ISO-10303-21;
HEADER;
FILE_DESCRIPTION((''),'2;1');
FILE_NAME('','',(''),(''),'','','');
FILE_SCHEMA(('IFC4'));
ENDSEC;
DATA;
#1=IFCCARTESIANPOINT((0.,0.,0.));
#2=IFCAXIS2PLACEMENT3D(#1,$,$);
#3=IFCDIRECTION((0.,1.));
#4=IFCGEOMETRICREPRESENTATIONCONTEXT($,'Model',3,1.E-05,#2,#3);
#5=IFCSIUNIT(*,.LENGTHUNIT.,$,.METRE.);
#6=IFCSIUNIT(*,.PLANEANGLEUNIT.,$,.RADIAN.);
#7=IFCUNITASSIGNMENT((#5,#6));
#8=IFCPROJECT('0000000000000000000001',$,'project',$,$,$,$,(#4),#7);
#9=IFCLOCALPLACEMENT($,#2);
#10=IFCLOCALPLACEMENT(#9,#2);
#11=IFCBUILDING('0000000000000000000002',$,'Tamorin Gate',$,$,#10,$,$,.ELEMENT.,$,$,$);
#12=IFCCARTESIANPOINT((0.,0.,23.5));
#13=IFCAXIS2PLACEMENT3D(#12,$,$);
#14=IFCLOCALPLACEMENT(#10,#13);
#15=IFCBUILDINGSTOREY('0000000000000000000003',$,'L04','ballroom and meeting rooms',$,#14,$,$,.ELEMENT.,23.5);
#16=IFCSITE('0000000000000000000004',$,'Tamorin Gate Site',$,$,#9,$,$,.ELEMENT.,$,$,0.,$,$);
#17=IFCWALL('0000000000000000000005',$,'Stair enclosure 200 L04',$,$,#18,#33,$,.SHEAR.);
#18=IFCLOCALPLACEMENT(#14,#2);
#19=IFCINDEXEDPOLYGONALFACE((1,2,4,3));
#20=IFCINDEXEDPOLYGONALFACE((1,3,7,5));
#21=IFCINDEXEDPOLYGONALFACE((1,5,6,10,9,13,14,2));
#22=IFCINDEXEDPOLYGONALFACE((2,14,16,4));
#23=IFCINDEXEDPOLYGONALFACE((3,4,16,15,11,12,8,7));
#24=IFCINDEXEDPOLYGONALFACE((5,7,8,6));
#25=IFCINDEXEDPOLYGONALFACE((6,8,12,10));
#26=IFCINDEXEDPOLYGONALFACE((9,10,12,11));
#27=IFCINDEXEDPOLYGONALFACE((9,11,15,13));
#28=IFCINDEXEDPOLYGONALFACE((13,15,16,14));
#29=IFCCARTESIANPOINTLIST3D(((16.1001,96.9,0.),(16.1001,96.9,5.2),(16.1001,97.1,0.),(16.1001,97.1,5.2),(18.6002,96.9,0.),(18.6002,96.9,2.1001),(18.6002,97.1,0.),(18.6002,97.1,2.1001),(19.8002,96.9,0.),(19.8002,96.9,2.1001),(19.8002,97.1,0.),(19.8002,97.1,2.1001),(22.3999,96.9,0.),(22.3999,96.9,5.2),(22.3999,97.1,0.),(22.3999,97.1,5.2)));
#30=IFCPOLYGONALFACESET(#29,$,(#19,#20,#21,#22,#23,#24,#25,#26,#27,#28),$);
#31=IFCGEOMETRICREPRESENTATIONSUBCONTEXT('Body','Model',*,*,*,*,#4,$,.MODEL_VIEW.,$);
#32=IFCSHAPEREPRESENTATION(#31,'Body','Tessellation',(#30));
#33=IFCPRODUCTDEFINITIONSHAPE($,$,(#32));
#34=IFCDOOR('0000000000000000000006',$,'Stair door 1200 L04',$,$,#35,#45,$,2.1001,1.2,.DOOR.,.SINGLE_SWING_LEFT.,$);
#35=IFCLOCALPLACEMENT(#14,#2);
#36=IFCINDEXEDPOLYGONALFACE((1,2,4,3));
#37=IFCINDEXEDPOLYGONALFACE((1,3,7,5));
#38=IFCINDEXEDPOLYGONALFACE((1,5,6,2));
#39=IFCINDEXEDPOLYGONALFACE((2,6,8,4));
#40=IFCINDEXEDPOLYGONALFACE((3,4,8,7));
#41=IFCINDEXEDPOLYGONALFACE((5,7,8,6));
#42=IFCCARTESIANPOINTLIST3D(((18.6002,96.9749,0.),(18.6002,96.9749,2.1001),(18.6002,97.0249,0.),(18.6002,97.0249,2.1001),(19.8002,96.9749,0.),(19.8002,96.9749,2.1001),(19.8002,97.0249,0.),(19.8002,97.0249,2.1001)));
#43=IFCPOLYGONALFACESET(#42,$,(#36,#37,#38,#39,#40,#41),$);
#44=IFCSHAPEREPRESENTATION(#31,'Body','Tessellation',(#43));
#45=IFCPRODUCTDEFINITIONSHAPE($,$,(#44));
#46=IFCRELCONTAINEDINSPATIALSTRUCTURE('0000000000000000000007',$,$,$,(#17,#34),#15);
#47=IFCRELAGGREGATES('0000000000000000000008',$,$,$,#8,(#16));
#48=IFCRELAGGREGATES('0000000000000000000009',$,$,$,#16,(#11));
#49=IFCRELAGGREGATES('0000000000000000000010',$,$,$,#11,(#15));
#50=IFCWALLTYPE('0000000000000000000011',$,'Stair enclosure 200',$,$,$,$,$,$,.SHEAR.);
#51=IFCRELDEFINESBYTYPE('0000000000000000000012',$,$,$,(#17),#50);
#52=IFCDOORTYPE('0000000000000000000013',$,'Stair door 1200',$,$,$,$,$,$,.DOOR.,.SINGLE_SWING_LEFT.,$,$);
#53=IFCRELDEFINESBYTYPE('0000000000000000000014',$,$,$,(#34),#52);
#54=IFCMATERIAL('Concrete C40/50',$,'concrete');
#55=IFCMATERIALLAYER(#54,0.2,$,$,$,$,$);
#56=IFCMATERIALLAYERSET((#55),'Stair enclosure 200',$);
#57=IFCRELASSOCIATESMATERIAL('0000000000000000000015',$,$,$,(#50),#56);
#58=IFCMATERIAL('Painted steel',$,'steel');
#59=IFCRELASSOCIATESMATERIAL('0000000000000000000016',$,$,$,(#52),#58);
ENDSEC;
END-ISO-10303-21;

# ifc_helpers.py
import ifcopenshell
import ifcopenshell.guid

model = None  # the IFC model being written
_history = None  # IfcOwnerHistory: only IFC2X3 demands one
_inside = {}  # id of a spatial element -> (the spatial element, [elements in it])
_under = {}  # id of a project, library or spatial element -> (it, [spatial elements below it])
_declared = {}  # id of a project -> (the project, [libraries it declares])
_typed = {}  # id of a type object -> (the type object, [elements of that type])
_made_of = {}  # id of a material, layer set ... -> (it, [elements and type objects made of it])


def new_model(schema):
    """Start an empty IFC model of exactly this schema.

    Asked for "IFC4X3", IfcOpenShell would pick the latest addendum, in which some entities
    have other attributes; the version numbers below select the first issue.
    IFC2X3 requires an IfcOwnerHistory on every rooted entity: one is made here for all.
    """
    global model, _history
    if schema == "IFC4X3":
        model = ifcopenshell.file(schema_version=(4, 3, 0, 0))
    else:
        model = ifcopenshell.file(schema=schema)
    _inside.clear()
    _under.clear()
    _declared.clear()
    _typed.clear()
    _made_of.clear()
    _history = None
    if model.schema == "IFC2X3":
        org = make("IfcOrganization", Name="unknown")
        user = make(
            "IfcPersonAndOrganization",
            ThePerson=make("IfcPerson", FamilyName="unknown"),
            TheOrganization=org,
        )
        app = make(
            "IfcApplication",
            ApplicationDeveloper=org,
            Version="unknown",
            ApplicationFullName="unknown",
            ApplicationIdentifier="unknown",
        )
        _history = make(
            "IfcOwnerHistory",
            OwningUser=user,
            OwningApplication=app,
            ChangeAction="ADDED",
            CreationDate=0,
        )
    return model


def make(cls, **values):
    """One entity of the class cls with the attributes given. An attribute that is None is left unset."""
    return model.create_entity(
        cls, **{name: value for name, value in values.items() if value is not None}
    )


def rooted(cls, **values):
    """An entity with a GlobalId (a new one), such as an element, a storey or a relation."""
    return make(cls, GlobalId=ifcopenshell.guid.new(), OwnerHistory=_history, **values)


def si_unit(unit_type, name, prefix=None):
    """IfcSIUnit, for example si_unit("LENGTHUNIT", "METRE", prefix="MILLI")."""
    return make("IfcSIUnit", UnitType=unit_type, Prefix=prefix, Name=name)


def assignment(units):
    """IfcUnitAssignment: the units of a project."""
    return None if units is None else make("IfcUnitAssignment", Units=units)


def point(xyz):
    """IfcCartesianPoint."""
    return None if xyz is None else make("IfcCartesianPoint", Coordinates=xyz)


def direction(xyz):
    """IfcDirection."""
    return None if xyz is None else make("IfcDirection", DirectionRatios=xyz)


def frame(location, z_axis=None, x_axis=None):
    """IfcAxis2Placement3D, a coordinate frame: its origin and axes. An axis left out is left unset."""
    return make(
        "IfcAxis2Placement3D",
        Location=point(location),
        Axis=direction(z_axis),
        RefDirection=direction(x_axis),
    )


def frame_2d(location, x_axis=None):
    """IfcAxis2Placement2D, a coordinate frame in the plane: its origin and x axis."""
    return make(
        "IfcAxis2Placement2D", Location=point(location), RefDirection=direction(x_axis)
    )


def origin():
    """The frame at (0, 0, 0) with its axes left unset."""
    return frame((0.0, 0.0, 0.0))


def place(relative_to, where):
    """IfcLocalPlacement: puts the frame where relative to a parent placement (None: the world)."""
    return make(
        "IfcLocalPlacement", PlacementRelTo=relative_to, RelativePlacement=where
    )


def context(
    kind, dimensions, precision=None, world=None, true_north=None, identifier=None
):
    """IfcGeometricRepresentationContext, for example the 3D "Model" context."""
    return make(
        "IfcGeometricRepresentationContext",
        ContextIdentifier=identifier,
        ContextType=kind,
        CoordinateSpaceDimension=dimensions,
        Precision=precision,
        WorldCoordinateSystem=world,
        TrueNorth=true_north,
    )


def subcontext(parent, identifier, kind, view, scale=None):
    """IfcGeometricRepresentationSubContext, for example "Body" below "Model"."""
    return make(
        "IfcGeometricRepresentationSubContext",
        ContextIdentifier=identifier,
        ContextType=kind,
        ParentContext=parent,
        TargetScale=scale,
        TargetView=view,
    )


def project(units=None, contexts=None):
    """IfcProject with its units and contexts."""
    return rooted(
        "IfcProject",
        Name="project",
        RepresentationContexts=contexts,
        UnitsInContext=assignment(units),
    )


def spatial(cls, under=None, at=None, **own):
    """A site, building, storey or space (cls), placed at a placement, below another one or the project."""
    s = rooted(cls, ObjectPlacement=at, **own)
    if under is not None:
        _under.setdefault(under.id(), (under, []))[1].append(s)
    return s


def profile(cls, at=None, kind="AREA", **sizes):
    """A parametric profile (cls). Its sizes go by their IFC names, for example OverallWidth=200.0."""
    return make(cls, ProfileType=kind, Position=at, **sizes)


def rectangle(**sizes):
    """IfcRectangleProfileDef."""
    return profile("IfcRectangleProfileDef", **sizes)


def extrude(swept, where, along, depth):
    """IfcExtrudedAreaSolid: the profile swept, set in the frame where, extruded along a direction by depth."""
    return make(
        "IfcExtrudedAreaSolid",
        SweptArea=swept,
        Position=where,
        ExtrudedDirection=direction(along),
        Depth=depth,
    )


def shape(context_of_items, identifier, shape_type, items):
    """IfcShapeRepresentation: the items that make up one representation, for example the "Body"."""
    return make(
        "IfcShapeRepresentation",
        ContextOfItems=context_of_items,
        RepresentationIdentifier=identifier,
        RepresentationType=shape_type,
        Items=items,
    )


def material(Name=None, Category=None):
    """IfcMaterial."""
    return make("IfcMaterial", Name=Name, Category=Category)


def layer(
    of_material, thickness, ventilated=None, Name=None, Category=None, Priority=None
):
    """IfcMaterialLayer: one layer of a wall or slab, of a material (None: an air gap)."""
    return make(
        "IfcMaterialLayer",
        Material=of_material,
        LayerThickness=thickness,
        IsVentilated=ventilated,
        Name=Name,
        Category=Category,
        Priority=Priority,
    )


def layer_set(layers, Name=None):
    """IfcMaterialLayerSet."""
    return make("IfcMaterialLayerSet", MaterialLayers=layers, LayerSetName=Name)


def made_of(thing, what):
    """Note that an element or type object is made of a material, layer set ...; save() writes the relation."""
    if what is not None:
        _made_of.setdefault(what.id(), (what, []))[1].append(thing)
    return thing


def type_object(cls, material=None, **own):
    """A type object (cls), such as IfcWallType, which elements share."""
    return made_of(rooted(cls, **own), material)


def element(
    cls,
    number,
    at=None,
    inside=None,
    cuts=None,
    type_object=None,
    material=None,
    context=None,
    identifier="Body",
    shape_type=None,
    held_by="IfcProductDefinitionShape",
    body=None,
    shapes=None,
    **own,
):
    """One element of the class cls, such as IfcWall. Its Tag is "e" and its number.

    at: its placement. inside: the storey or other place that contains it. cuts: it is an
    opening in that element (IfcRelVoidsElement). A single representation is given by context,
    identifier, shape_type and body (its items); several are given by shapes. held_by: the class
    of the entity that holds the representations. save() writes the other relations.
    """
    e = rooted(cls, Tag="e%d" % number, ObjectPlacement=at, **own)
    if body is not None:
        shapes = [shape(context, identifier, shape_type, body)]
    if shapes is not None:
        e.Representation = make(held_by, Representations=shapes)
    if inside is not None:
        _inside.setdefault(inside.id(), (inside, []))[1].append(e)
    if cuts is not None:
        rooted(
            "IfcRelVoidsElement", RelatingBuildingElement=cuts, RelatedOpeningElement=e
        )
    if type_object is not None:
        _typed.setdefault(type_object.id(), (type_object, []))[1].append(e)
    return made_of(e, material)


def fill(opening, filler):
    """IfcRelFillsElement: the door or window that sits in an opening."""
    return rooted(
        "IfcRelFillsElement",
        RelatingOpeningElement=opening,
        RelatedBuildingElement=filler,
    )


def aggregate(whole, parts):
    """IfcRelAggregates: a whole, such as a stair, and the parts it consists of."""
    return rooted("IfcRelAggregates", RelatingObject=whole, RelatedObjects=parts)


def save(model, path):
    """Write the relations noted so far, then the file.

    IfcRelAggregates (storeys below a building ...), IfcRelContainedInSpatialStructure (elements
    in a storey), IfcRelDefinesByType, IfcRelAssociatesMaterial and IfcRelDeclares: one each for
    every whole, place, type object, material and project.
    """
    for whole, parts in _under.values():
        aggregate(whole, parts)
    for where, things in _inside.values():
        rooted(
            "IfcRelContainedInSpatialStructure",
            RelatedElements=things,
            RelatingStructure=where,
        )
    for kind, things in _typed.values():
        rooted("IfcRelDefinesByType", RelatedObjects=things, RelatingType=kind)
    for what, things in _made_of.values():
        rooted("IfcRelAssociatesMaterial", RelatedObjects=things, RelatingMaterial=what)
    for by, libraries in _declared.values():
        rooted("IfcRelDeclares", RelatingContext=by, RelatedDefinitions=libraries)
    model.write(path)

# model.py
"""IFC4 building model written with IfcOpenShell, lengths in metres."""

from ifc_helpers import new_model, si_unit, direction, frame, frame_2d, origin, place, context, subcontext, project, spatial, rectangle, extrude, material, layer, layer_set, type_object, element, fill, save


model = new_model("IFC4")

# Units and contexts
model_context = context("Model", 3, precision=1e-05, world=origin(), true_north=direction((0.0, 1.0)))
body_context = subcontext(model_context, "Body", "Model", "MODEL_VIEW")
ifc_project = project(units=[si_unit("LENGTHUNIT", "METRE"), si_unit("PLANEANGLEUNIT", "RADIAN")], contexts=[model_context])

# Site, building, storey
site_placement = place(None, origin())
site = spatial("IfcSite", under=ifc_project, at=site_placement, Name="Tamorin Gate Site", CompositionType="ELEMENT", RefElevation=0.0)
building_placement = place(site_placement, origin())
building = spatial("IfcBuilding", under=site, at=building_placement, Name="Tamorin Gate", CompositionType="ELEMENT")
storey_placement = place(building_placement, frame((0.0, 0.0, 23.5)))
storey = spatial("IfcBuildingStorey", under=building, at=storey_placement, Name="L04", Description="ballroom and meeting rooms", CompositionType="ELEMENT", Elevation=23.5)

# Shared definitions
ifc_material_1 = material(Name="Painted steel", Category="steel")

# Wall, opening, door
ifc_material_2 = material(Name="Concrete C40/50", Category="concrete")
ifc_layer_1 = layer(ifc_material_2, 0.2)
ifc_layer_set_1 = layer_set([ifc_layer_1], Name="Stair enclosure 200")
wall_type_1 = type_object("IfcWallType", Name="Stair enclosure 200", PredefinedType="SHEAR", material=ifc_layer_set_1)
wall_1_placement = place(storey_placement, frame((16.1001, 97.0, 0.0), z_axis=(0.0, 0.0, 1.0), x_axis=(1.0, 0.0, 0.0)))
wall_1 = element("IfcWall", 1, at=wall_1_placement, inside=storey, type_object=wall_type_1, Name="Stair enclosure 200 L04", PredefinedType="SHEAR", context=body_context, shape_type="SweptSolid", body=[
    extrude(rectangle(XDim=6.2998, YDim=0.2, at=frame_2d((3.1499, 0.0))), origin(), (0.0, 0.0, 1.0), 5.2),
])
opening_1_placement = place(wall_1_placement, frame((2.5, 0.0, 0.0)))
opening_1 = element("IfcOpeningElement", 2, at=opening_1_placement, cuts=wall_1, PredefinedType="OPENING", context=body_context, shape_type="SweptSolid", body=[
    extrude(rectangle(XDim=1.2, YDim=2.1001, at=frame_2d((0.6001, 1.05))), frame((0.0, 0.1099, 0.0), z_axis=(0.0, -1.0, 0.0), x_axis=(1.0, 0.0, 0.0)), (0.0, 0.0, 1.0), 0.22),
])
door_type_1 = type_object("IfcDoorType", Name="Stair door 1200", OperationType="SINGLE_SWING_LEFT", PredefinedType="DOOR", material=ifc_material_1)
door_1_placement = place(opening_1_placement, origin())
door_1 = element("IfcDoor", 3, at=door_1_placement, inside=storey, type_object=door_type_1, Name="Stair door 1200 L04", OperationType="SINGLE_SWING_LEFT", OverallHeight=2.1001, OverallWidth=1.2, PredefinedType="DOOR", context=body_context, shape_type="SweptSolid", body=[
    extrude(rectangle(XDim=1.2, YDim=2.1001, at=frame_2d((0.6001, 1.05))), frame((0.0, 0.0249, 0.0), z_axis=(0.0, -1.0, 0.0), x_axis=(1.0, 0.0, 0.0)), (0.0, 0.0, 1.0), 0.05),
])
fill(opening_1, door_1)

save(model, "model.ifc")
